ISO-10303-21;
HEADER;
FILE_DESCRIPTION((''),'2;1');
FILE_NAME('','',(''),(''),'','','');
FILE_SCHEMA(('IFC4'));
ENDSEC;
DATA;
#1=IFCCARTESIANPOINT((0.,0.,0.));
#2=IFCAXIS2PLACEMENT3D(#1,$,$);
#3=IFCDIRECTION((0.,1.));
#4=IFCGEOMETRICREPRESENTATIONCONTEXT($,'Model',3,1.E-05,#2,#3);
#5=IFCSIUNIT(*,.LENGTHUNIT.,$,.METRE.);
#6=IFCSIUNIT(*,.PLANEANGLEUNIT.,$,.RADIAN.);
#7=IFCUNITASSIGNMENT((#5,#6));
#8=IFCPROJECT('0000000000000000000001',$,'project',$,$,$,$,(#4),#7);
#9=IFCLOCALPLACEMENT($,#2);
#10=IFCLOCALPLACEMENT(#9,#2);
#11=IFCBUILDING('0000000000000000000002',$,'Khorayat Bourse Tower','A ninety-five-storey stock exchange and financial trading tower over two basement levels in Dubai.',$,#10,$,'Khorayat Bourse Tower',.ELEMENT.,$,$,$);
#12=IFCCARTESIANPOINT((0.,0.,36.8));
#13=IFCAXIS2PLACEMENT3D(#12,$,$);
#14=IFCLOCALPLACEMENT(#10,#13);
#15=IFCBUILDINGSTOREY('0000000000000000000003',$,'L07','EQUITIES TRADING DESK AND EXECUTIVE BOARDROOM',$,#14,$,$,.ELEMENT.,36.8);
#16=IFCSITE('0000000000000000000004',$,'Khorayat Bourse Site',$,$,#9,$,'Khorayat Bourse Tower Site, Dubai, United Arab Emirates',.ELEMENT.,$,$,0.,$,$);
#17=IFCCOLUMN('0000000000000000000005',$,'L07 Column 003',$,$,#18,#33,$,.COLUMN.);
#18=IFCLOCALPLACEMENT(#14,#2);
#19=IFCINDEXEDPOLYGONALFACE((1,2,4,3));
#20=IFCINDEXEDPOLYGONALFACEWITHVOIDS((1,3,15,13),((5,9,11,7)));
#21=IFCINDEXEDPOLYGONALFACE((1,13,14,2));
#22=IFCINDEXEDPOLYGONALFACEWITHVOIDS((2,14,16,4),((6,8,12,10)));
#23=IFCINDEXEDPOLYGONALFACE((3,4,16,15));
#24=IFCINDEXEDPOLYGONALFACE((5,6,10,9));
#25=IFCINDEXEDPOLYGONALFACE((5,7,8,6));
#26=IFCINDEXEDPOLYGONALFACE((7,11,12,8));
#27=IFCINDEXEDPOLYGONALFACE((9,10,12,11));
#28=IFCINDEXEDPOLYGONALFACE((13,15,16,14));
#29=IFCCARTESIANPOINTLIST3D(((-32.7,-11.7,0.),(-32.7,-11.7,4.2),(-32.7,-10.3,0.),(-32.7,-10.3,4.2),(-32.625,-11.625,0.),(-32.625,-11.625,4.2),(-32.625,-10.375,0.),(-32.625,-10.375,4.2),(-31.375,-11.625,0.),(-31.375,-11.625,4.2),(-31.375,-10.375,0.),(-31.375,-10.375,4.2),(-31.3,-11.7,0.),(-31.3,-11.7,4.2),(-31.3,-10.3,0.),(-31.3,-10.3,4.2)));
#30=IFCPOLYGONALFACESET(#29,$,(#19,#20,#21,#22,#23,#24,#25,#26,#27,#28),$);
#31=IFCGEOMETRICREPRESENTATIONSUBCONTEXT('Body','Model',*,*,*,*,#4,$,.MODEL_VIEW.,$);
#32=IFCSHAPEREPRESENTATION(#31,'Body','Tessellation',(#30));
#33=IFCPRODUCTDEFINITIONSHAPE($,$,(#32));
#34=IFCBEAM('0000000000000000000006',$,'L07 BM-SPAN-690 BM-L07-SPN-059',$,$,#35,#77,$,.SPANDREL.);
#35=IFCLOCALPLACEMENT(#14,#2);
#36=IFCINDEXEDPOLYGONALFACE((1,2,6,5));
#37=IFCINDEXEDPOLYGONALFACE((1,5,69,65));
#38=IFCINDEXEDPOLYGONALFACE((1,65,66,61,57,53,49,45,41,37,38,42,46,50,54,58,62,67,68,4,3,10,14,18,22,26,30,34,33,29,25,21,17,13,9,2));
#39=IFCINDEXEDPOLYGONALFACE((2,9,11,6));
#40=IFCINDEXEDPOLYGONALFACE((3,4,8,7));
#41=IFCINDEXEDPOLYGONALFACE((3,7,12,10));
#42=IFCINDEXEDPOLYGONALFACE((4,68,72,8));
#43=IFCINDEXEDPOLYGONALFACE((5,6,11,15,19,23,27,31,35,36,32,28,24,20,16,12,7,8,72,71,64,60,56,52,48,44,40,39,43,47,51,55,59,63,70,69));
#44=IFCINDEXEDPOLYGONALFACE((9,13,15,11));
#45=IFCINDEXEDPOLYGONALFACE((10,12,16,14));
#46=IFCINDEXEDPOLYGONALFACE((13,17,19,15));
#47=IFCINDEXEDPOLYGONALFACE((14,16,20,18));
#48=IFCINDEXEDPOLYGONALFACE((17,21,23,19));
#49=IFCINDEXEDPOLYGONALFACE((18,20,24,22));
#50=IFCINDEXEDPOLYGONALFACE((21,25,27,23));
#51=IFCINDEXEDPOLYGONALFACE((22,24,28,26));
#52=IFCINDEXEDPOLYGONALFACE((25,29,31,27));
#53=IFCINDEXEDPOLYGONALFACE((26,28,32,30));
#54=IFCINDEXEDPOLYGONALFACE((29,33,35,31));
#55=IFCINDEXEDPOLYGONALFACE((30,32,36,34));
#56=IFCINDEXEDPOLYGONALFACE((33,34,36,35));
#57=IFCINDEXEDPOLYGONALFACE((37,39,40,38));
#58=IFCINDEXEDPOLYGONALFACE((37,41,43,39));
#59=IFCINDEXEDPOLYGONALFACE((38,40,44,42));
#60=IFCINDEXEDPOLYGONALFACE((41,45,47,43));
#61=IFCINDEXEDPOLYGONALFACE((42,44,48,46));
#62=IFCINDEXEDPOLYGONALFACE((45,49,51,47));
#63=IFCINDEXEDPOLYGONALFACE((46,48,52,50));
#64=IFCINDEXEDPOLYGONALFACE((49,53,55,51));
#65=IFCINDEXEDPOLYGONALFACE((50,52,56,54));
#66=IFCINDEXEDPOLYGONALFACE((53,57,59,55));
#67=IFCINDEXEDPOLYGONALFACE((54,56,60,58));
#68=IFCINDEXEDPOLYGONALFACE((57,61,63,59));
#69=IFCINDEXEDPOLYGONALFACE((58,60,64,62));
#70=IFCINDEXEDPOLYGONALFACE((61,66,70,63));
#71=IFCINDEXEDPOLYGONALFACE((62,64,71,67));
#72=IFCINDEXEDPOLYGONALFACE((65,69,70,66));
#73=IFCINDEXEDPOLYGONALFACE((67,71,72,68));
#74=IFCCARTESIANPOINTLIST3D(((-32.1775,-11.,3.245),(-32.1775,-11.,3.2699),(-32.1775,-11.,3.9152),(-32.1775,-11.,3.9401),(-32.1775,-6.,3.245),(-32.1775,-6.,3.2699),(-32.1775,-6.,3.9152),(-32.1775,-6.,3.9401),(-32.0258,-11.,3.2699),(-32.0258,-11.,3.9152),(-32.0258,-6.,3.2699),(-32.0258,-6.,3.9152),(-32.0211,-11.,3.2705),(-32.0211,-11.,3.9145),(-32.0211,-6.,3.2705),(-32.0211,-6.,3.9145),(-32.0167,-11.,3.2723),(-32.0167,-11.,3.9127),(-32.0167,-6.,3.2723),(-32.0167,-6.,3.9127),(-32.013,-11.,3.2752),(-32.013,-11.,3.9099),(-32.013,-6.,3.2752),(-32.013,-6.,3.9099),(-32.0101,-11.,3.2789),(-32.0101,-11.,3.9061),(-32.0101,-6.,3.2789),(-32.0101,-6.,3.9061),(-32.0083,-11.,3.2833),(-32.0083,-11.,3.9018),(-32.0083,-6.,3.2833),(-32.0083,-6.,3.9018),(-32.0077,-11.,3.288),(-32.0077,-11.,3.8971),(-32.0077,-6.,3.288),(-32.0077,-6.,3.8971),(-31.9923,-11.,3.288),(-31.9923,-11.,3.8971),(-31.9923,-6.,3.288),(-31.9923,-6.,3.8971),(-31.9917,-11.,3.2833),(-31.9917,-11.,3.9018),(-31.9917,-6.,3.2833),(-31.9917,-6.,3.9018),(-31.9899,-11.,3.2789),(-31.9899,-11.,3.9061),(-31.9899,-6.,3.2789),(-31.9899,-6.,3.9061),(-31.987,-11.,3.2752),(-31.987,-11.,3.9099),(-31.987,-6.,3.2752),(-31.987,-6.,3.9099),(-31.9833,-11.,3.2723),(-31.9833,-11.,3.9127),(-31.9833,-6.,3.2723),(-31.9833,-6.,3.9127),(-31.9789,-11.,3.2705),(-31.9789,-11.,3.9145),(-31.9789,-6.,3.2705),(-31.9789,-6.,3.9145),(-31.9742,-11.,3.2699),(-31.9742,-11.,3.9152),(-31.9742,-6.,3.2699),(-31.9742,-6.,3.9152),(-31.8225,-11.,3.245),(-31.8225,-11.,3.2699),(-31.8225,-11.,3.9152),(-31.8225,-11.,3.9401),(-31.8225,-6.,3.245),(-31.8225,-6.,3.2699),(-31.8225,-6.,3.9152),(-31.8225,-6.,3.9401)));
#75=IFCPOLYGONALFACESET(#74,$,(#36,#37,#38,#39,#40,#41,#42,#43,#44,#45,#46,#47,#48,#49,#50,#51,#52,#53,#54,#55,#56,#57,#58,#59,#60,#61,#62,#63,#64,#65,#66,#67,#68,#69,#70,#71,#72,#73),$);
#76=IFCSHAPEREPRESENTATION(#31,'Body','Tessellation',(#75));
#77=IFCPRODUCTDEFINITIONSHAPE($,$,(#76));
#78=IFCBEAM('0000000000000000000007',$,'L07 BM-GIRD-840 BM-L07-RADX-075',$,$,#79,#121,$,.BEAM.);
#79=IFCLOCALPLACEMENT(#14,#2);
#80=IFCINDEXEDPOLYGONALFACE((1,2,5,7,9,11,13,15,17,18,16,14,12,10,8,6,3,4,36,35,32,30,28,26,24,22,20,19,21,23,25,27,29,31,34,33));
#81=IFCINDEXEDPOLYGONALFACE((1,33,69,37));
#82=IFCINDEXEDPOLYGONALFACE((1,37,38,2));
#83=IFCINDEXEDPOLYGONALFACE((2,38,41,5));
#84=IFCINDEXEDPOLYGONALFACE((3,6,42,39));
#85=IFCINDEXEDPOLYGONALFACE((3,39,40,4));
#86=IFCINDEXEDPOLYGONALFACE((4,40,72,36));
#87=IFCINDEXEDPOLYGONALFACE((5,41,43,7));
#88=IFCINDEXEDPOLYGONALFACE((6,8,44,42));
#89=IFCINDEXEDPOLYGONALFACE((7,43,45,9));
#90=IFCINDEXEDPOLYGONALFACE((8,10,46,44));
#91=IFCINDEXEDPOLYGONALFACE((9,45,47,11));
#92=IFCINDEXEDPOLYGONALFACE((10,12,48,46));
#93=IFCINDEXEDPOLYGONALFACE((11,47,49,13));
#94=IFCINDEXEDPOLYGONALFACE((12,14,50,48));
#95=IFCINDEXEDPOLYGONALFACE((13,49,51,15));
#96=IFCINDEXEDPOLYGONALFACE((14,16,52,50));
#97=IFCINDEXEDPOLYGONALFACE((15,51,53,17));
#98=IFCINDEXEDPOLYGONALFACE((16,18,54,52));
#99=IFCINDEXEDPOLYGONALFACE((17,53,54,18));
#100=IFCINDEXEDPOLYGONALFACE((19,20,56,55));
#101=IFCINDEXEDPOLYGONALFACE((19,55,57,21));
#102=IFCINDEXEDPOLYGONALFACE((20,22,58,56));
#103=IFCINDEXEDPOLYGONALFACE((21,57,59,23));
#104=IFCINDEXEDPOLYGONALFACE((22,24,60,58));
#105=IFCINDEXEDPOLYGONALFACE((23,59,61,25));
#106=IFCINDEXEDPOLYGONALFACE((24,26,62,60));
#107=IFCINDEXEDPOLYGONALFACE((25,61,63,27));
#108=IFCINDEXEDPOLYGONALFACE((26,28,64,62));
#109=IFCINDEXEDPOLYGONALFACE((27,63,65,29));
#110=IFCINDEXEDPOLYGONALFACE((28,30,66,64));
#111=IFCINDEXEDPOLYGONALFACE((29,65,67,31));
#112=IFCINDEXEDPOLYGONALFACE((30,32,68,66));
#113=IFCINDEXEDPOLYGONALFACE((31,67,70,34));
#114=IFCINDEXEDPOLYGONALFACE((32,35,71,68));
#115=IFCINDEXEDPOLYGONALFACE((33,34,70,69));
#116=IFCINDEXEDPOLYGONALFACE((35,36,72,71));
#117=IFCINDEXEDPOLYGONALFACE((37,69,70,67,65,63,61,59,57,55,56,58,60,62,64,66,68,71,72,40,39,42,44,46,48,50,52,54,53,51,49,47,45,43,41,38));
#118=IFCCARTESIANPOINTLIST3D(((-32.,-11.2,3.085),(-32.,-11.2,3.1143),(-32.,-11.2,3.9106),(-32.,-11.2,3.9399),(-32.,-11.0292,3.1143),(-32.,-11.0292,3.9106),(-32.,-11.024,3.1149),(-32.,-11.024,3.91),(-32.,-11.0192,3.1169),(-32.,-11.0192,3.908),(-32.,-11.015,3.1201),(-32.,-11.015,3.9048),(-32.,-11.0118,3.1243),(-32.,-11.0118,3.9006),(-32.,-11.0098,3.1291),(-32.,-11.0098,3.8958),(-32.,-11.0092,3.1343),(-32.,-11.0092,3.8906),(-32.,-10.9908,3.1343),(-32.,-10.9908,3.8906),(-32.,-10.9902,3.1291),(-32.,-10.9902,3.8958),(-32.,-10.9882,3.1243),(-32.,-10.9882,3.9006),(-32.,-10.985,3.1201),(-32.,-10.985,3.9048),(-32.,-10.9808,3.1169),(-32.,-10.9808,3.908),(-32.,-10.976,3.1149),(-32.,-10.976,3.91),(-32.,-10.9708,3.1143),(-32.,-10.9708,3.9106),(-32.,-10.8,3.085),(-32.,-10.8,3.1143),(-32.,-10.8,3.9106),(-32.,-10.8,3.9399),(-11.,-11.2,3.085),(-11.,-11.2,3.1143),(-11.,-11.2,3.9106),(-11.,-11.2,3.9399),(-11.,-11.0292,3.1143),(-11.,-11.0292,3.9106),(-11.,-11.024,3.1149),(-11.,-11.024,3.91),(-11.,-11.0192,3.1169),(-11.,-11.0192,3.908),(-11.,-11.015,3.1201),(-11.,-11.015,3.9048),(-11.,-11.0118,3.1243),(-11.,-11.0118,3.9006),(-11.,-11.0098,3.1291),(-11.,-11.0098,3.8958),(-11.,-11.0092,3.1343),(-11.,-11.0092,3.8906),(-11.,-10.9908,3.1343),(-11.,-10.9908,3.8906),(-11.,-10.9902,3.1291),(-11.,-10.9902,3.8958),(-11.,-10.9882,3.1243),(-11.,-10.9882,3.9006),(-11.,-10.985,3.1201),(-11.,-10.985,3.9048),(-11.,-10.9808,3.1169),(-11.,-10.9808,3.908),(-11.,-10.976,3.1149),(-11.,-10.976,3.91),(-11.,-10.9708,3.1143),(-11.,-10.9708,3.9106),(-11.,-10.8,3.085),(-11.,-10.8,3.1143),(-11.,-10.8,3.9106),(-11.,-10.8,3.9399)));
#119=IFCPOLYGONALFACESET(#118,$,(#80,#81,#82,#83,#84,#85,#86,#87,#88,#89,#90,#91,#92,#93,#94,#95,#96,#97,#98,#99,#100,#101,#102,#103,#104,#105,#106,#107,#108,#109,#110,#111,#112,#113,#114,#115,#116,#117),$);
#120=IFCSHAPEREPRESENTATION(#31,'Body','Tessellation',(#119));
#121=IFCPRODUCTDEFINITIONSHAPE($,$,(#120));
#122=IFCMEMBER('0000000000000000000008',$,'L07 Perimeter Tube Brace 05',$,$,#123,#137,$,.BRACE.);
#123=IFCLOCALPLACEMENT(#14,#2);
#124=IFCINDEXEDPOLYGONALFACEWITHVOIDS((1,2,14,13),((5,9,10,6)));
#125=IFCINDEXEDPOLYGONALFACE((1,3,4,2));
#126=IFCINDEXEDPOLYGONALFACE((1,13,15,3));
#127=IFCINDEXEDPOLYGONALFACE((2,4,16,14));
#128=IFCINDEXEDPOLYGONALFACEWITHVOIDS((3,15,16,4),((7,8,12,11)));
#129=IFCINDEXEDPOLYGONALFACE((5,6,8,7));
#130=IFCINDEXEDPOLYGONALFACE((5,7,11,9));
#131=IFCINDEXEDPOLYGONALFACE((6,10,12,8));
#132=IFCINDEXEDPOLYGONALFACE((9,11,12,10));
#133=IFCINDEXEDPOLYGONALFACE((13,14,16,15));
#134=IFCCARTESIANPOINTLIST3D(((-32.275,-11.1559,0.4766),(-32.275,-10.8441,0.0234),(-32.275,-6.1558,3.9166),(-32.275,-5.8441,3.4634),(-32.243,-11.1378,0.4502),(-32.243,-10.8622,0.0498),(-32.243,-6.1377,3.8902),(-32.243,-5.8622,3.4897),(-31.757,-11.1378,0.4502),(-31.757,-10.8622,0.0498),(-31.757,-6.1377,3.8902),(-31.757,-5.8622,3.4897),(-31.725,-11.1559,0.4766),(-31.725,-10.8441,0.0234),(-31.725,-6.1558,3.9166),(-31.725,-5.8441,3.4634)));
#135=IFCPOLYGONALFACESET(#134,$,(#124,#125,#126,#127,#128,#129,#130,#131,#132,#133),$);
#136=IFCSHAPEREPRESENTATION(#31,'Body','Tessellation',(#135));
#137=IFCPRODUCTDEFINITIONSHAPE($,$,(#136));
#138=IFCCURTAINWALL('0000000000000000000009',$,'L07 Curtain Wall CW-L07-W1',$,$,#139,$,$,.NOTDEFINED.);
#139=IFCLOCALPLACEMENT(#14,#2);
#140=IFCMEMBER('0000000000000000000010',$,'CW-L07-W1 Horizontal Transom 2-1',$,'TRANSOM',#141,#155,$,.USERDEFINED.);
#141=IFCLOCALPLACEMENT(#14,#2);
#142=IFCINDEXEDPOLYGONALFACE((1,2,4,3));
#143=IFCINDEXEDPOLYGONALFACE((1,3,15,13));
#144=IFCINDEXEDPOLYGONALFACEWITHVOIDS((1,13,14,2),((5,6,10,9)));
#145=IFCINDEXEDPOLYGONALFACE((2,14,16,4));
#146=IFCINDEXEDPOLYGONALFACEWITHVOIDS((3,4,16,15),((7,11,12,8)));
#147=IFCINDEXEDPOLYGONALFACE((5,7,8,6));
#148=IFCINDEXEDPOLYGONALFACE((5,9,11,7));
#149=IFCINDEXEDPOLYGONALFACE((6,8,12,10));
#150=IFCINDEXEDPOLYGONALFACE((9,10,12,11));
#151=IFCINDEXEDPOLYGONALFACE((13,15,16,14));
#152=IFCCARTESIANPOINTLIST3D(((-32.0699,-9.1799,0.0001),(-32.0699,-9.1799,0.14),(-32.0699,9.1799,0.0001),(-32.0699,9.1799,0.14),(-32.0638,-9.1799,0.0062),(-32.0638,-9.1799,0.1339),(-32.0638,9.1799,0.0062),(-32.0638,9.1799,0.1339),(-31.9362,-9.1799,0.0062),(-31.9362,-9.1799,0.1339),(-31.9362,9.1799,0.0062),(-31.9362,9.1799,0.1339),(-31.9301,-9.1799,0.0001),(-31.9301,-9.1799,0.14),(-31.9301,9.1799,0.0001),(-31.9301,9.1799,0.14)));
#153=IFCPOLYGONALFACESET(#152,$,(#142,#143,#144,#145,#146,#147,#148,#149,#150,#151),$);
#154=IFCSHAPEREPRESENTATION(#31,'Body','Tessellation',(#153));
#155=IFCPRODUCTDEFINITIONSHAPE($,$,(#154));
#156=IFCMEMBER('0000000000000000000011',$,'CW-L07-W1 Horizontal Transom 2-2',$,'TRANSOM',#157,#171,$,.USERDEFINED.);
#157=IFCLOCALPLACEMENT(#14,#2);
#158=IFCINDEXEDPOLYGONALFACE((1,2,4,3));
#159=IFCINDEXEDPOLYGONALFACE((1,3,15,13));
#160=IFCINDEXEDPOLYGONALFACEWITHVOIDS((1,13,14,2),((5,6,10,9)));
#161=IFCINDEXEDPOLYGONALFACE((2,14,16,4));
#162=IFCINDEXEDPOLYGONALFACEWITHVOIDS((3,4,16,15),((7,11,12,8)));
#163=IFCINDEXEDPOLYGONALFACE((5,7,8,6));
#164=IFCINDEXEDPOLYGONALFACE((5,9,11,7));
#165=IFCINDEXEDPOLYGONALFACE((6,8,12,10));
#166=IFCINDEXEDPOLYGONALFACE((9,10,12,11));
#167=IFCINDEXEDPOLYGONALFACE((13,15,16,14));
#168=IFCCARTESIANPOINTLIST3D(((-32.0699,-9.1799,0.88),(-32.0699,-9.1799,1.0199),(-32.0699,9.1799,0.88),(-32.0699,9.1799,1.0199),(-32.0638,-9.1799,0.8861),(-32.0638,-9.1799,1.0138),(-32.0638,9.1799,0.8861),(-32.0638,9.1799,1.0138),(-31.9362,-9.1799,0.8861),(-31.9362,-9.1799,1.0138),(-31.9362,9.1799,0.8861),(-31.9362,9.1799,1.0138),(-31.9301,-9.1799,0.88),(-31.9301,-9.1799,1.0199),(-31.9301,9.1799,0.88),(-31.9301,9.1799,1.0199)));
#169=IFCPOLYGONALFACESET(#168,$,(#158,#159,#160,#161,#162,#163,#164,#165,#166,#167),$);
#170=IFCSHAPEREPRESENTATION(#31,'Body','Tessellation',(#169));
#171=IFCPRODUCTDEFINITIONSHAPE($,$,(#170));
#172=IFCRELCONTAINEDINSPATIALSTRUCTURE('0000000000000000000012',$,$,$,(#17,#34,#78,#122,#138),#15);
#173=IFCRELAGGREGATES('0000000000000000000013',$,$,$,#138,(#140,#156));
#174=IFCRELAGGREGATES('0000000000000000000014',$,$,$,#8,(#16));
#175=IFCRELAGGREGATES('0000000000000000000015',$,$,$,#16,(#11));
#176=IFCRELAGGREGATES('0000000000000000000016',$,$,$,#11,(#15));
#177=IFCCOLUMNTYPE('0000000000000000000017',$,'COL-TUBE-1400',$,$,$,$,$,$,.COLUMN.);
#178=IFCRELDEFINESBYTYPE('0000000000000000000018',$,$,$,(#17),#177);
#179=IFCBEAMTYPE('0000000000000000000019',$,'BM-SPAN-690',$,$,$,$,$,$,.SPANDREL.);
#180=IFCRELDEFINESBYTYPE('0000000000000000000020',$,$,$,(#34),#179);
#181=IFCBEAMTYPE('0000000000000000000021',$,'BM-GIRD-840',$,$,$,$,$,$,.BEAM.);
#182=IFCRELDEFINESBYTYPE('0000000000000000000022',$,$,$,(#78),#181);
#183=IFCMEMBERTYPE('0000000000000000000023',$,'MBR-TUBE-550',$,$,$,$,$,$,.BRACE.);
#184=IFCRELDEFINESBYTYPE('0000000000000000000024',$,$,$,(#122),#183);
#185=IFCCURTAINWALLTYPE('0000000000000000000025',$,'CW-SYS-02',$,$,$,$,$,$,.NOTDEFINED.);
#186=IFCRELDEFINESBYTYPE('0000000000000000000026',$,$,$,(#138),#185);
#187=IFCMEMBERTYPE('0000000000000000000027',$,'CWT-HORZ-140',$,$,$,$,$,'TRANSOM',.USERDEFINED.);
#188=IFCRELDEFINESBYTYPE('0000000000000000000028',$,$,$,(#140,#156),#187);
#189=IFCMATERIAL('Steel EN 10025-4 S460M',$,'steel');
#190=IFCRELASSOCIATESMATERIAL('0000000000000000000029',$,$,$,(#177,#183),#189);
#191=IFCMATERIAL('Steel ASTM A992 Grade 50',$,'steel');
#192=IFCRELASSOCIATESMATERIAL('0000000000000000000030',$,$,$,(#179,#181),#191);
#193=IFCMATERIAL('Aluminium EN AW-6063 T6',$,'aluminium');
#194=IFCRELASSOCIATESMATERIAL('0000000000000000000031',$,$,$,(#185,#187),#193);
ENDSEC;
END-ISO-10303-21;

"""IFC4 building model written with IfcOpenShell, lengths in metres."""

from ifc_helpers import new_model, si_unit, direction, frame, origin, origin_2d, place, context, subcontext, project, spatial, hollow_rectangle, i_section, extrude, source, transform, mapped, material, material_profile, profile_set, type_object, element, aggregate, save


model = new_model("IFC4")

# Units and contexts
model_context = context("Model", 3, precision=1e-05, world=origin(), true_north=direction((0.0, 1.0)))
body_context = subcontext(model_context, "Body", "Model", "MODEL_VIEW")
ifc_project = project(units=[si_unit("LENGTHUNIT", "METRE"), si_unit("PLANEANGLEUNIT", "RADIAN")], contexts=[model_context])

# Site, building, storey
site_placement = place(None, origin())
site = spatial("IfcSite", under=ifc_project, at=site_placement, Name="Khorayat Bourse Site", LongName="Khorayat Bourse Tower Site, Dubai, United Arab Emirates", CompositionType="ELEMENT", RefElevation=0.0)
building_placement = place(site_placement, origin())
building = spatial("IfcBuilding", under=site, at=building_placement, Name="Khorayat Bourse Tower", Description="A ninety-five-storey stock exchange and financial trading tower over two basement levels in Dubai.", LongName="Khorayat Bourse Tower", CompositionType="ELEMENT")
storey_placement = place(building_placement, frame((0.0, 0.0, 36.8)))
storey = spatial("IfcBuildingStorey", under=building, at=storey_placement, Name="L07", Description="EQUITIES TRADING DESK AND EXECUTIVE BOARDROOM", CompositionType="ELEMENT", Elevation=36.8)

# Column
ifc_material_1 = material(Name="Steel EN 10025-4 S460M", Category="steel")
ifc_material_profile_1 = material_profile(ifc_material_1, hollow_rectangle(XDim=1.3999, YDim=1.3999, WallThickness=0.075, at=origin_2d()), Name="BOX 1400x1400x75")
ifc_profile_set_1 = profile_set([ifc_material_profile_1], Name="Steel EN 10025-4 S460M")
column_type = type_object("IfcColumnType", Name="COL-TUBE-1400", PredefinedType="COLUMN", material=ifc_profile_set_1)
shared_shape_1 = source(origin(), body_context, "Body", "SweptSolid", [
    extrude(hollow_rectangle(XDim=1.3999, YDim=1.3999, WallThickness=0.075, at=origin_2d()), origin(), (0.0, 0.0, 1.0), 4.2),
])
column_placement = place(storey_placement, frame((-32.0, -11.0, 0.0), z_axis=(0.0, 0.0, 1.0), x_axis=(1.0, 0.0, 0.0)))
element("IfcColumn", 1, at=column_placement, inside=storey, type_object=column_type, Name="L07 Column 003", PredefinedType="COLUMN", context=body_context, shape_type="MappedRepresentation", body=[
    mapped(shared_shape_1, transform((0.0, 0.0, 0.0), scale=1.0)),
])

# Beams
ifc_material_2 = material(Name="Steel ASTM A992 Grade 50", Category="steel")
ifc_material_profile_2 = material_profile(ifc_material_2, i_section(OverallWidth=0.355, OverallDepth=0.6951, WebThickness=0.0154, FlangeThickness=0.0249, FilletRadius=0.0181, at=origin_2d()), Name="W690X217")
ifc_profile_set_2 = profile_set([ifc_material_profile_2], Name="Steel ASTM A992 Grade 50")
beam_type_1 = type_object("IfcBeamType", Name="BM-SPAN-690", PredefinedType="SPANDREL", material=ifc_profile_set_2)
shared_shape_2 = source(origin(), body_context, "Body", "SweptSolid", [
    extrude(i_section(OverallWidth=0.355, OverallDepth=0.6951, WebThickness=0.0154, FlangeThickness=0.0249, FilletRadius=0.0181, at=origin_2d()), origin(), (0.0, 0.0, 1.0), 5.0),
])
beam_1_placement = place(storey_placement, frame((-32.0, -11.0, 3.5925), z_axis=(0.0, 1.0, 0.0), x_axis=(-1.0, 0.0, 0.0)))
element("IfcBeam", 2, at=beam_1_placement, inside=storey, type_object=beam_type_1, Name="L07 BM-SPAN-690 BM-L07-SPN-059", PredefinedType="SPANDREL", context=body_context, shape_type="MappedRepresentation", body=[
    mapped(shared_shape_2, transform((0.0, 0.0, 0.0), scale=1.0)),
])
ifc_material_profile_3 = material_profile(ifc_material_2, i_section(OverallWidth=0.3999, OverallDepth=0.855, WebThickness=0.0183, FlangeThickness=0.0293, FilletRadius=0.02, at=origin_2d()), Name="W840X299")
ifc_profile_set_3 = profile_set([ifc_material_profile_3], Name="Steel ASTM A992 Grade 50")
beam_type_2 = type_object("IfcBeamType", Name="BM-GIRD-840", PredefinedType="BEAM", material=ifc_profile_set_3)
shared_shape_3 = source(origin(), body_context, "Body", "SweptSolid", [
    extrude(i_section(OverallWidth=0.3999, OverallDepth=0.855, WebThickness=0.0183, FlangeThickness=0.0293, FilletRadius=0.02, at=origin_2d()), origin(), (0.0, 0.0, 1.0), 21.0),
])
beam_2_placement = place(storey_placement, frame((-32.0, -11.0, 3.5125), z_axis=(1.0, 0.0, 0.0), x_axis=(0.0, 1.0, 0.0)))
element("IfcBeam", 3, at=beam_2_placement, inside=storey, type_object=beam_type_2, Name="L07 BM-GIRD-840 BM-L07-RADX-075", PredefinedType="BEAM", context=body_context, shape_type="MappedRepresentation", body=[
    mapped(shared_shape_3, transform((0.0, 0.0, 0.0), scale=1.0)),
])

# Member
ifc_material_profile_4 = material_profile(ifc_material_1, hollow_rectangle(XDim=0.55, YDim=0.55, WallThickness=0.032, at=origin_2d()), Name="HSS 550x550x32")
ifc_profile_set_4 = profile_set([ifc_material_profile_4], Name="Steel EN 10025-4 S460M")
member_type_1 = type_object("IfcMemberType", Name="MBR-TUBE-550", PredefinedType="BRACE", material=ifc_profile_set_4)
shared_shape_4 = source(origin(), body_context, "Body", "SweptSolid", [
    extrude(hollow_rectangle(XDim=0.55, YDim=0.55, WallThickness=0.032, at=origin_2d()), origin(), (0.0, 0.0, 1.0), 6.0691),
])
member_1_placement = place(storey_placement, frame((-32.0, -11.0, 0.25), z_axis=(0.0, 0.823854, 0.566802), x_axis=(-1.0, 0.0, 0.0)))
element("IfcMember", 4, at=member_1_placement, inside=storey, type_object=member_type_1, Name="L07 Perimeter Tube Brace 05", PredefinedType="BRACE", context=body_context, shape_type="MappedRepresentation", body=[
    mapped(shared_shape_4, transform((0.0, 0.0, 0.0), scale=1.0)),
])

# Curtain wall, members
ifc_material_3 = material(Name="Aluminium EN AW-6063 T6", Category="aluminium")
curtain_wall_type = type_object("IfcCurtainWallType", Name="CW-SYS-02", PredefinedType="NOTDEFINED", material=ifc_material_3)
curtain_wall_placement = place(storey_placement, origin())
curtain_wall = element("IfcCurtainWall", 5, at=curtain_wall_placement, inside=storey, type_object=curtain_wall_type, Name="L07 Curtain Wall CW-L07-W1", PredefinedType="NOTDEFINED")
ifc_material_profile_5 = material_profile(ifc_material_3, hollow_rectangle(XDim=0.1399, YDim=0.1399, WallThickness=0.0061, at=origin_2d()), Name="ALU 140x140x6")
ifc_profile_set_5 = profile_set([ifc_material_profile_5], Name="Aluminium EN AW-6063 T6")
member_type_2 = type_object("IfcMemberType", Name="CWT-HORZ-140", ElementType="TRANSOM", PredefinedType="USERDEFINED", material=ifc_profile_set_5)
shared_shape_5 = source(origin(), body_context, "Body", "SweptSolid", [
    extrude(hollow_rectangle(XDim=0.1399, YDim=0.1399, WallThickness=0.0061, at=origin_2d()), origin(), (0.0, 0.0, 1.0), 18.3599),
])
member_2_placement = place(storey_placement, frame((-32.0, -9.1799, 0.0701), z_axis=(0.0, 1.0, 0.0), x_axis=(-1.0, 0.0, 0.0)))
member_2 = element("IfcMember", 6, at=member_2_placement, type_object=member_type_2, Name="CW-L07-W1 Horizontal Transom 2-1", ObjectType="TRANSOM", PredefinedType="USERDEFINED", context=body_context, shape_type="MappedRepresentation", body=[
    mapped(shared_shape_5, transform((0.0, 0.0, 0.0), scale=1.0)),
])
member_3_placement = place(storey_placement, frame((-32.0, -9.1799, 0.95), z_axis=(0.0, 1.0, 0.0), x_axis=(-1.0, 0.0, 0.0)))
member_3 = element("IfcMember", 7, at=member_3_placement, type_object=member_type_2, Name="CW-L07-W1 Horizontal Transom 2-2", ObjectType="TRANSOM", PredefinedType="USERDEFINED", context=body_context, shape_type="MappedRepresentation", body=[
    mapped(shared_shape_5, transform((0.0, 0.0, 0.0), scale=1.0)),
])

aggregate(curtain_wall, [member_2, member_3])

save(model, "model.ifc")
